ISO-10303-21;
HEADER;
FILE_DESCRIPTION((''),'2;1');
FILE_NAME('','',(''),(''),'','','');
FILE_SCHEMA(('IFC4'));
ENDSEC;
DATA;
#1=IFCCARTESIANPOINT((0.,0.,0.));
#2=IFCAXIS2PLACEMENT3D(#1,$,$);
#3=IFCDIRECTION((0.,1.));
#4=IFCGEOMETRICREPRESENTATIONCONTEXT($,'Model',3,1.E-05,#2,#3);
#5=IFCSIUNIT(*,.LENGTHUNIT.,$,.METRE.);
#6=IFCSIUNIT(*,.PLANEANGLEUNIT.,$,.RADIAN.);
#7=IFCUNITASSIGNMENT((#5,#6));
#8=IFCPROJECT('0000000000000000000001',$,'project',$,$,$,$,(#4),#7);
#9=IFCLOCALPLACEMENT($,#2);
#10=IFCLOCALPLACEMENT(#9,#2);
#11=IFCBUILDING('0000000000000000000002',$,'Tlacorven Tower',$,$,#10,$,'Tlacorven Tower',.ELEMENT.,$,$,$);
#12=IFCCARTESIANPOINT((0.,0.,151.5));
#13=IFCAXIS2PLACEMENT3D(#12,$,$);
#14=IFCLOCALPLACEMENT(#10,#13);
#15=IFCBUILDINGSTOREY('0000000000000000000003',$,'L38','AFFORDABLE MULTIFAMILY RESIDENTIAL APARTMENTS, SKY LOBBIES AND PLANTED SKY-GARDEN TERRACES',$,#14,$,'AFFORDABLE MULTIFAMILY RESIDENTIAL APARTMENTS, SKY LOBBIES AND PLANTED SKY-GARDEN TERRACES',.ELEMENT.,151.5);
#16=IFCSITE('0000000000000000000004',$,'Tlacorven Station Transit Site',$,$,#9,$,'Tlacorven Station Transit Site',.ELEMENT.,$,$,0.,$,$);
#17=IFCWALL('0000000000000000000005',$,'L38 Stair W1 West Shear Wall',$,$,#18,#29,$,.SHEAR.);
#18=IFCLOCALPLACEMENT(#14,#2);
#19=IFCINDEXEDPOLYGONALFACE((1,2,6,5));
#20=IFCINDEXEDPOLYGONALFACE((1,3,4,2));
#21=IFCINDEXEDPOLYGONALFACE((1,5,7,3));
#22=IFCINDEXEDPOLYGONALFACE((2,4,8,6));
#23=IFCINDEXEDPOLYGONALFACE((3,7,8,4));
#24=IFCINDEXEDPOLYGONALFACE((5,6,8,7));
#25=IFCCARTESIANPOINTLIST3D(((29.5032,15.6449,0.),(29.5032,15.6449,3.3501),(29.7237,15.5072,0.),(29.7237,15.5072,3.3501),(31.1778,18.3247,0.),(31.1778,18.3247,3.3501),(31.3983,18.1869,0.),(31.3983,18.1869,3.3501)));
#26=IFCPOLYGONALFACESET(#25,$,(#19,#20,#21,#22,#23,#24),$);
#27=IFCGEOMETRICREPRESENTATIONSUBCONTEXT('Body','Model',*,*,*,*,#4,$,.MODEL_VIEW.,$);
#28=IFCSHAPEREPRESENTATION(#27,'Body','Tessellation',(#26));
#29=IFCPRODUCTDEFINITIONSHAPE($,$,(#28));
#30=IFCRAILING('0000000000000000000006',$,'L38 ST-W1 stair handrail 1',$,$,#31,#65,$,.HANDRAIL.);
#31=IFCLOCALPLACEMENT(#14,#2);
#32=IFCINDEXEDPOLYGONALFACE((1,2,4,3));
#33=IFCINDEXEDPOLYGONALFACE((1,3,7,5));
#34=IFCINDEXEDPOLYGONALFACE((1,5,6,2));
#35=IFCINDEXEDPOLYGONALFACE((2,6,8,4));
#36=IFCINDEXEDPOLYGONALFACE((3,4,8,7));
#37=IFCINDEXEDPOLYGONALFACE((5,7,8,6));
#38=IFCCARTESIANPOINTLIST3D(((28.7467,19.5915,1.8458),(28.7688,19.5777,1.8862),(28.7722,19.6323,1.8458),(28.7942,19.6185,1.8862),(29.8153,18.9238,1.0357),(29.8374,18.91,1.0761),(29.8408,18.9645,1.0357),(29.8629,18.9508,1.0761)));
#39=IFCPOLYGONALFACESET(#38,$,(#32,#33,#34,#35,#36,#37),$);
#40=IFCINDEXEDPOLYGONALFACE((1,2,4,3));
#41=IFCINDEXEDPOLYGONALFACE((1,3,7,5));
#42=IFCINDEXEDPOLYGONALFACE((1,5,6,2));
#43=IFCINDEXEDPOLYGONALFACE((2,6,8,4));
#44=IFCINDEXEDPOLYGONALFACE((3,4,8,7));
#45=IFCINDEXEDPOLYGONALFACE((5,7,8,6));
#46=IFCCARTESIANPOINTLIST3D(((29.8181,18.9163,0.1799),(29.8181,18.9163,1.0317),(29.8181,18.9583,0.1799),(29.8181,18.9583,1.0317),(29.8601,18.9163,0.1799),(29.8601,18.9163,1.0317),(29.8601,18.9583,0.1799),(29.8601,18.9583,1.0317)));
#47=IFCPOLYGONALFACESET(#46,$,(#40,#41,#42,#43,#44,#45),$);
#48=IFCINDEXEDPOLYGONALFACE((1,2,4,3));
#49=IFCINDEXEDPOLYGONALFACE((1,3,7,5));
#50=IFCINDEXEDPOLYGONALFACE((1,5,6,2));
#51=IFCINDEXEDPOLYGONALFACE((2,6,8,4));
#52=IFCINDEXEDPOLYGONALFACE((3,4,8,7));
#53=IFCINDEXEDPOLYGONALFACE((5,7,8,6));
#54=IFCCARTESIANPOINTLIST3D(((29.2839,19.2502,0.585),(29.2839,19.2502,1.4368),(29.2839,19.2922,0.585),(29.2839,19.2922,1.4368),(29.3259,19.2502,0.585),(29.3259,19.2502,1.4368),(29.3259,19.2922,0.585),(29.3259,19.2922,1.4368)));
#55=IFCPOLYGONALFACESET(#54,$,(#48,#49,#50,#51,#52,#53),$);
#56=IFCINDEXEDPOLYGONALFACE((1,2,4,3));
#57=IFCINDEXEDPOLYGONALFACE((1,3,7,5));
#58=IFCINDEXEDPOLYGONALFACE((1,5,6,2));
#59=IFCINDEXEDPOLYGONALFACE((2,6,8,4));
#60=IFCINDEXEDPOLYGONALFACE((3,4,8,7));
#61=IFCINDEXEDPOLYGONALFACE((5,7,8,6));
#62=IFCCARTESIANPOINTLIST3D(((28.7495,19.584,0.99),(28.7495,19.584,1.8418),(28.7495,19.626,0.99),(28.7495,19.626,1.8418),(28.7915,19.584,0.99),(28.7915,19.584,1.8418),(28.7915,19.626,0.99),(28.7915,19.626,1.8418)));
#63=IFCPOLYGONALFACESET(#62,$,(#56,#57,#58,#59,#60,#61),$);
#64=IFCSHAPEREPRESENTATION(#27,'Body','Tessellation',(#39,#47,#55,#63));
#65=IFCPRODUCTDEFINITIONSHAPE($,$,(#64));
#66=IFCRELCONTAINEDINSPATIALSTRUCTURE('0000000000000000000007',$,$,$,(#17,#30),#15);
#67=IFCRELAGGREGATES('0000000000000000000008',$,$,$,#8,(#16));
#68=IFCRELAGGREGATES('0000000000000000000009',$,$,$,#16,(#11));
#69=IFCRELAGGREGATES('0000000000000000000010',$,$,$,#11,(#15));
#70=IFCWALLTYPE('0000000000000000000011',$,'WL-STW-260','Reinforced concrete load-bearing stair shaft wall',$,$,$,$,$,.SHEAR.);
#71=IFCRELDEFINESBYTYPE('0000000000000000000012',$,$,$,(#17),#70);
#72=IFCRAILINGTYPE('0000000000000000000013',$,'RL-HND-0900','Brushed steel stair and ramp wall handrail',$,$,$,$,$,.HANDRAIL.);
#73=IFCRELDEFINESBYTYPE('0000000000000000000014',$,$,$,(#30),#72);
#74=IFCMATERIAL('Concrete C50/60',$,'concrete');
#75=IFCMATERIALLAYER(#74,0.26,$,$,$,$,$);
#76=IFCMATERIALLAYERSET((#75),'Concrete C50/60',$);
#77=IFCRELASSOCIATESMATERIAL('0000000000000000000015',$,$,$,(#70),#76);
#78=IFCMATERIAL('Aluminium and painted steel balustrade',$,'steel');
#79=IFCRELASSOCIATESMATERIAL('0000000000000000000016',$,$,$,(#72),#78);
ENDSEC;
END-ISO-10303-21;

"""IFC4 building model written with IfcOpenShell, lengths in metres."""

from ifc_helpers import new_model, si_unit, direction, frame, frame_2d, origin, origin_2d, place, context, subcontext, project, spatial, rectangle, extrude, source, transform, mapped, material, layer, layer_set, type_object, element, save


model = new_model("IFC4")

# Units and contexts
model_context = context("Model", 3, precision=1e-05, world=origin(), true_north=direction((0.0, 1.0)))
body_context = subcontext(model_context, "Body", "Model", "MODEL_VIEW")
ifc_project = project(units=[si_unit("LENGTHUNIT", "METRE"), si_unit("PLANEANGLEUNIT", "RADIAN")], contexts=[model_context])

# Site, building, storey
site_placement = place(None, origin())
site = spatial("IfcSite", under=ifc_project, at=site_placement, Name="Tlacorven Station Transit Site", LongName="Tlacorven Station Transit Site", CompositionType="ELEMENT", RefElevation=0.0)
building_placement = place(site_placement, origin())
building = spatial("IfcBuilding", under=site, at=building_placement, Name="Tlacorven Tower", LongName="Tlacorven Tower", CompositionType="ELEMENT")
storey_placement = place(building_placement, frame((0.0, 0.0, 151.5)))
storey = spatial("IfcBuildingStorey", under=building, at=storey_placement, Name="L38", Description="AFFORDABLE MULTIFAMILY RESIDENTIAL APARTMENTS, SKY LOBBIES AND PLANTED SKY-GARDEN TERRACES", LongName="AFFORDABLE MULTIFAMILY RESIDENTIAL APARTMENTS, SKY LOBBIES AND PLANTED SKY-GARDEN TERRACES", CompositionType="ELEMENT", Elevation=151.5)

# Shared definitions
ifc_material_1 = material(Name="Concrete C50/60", Category="concrete")
ifc_layer_1 = layer(ifc_material_1, 0.26)
ifc_layer_set_1 = layer_set([ifc_layer_1], Name="Concrete C50/60")
wall_type_1 = type_object("IfcWallType", Name="WL-STW-260", Description="Reinforced concrete load-bearing stair shaft wall", PredefinedType="SHEAR", material=ifc_layer_set_1)

# Wall
wall_1_placement = place(storey_placement, frame((31.2881, 18.2559, 0.0), z_axis=(0.0, 0.0, 1.0), x_axis=(-0.529943, -0.848033, 0.0)))
element("IfcWall", 1, at=wall_1_placement, inside=storey, type_object=wall_type_1, Name="L38 Stair W1 West Shear Wall", PredefinedType="SHEAR", context=body_context, shape_type="SweptSolid", body=[
    extrude(rectangle(XDim=3.1599, YDim=0.26, at=frame_2d((1.5801, 0.0))), origin(), (0.0, 0.0, 1.0), 3.3501),
])

# Railing
ifc_material_2 = material(Name="Aluminium and painted steel balustrade", Category="steel")
railing_type = type_object("IfcRailingType", Name="RL-HND-0900", Description="Brushed steel stair and ramp wall handrail", PredefinedType="HANDRAIL", material=ifc_material_2)
shared_shape_1 = source(origin(), body_context, "Body", "SweptSolid", [
    extrude(rectangle(XDim=0.0481, YDim=0.0481, at=origin_2d()), frame((0.0, 0.0, 0.876), z_axis=(-0.71336, 0.445748, 0.540765), x_axis=(-0.529912, -0.848053, 0.0)), (0.0, 0.0, 1.0), 1.498),
    extrude(rectangle(XDim=0.042, YDim=0.042, at=origin_2d()), origin(), (0.0, 0.0, 1.0), 0.8518),
    extrude(rectangle(XDim=0.042, YDim=0.042, at=origin_2d()), frame((-0.5342, 0.334, 0.405)), (0.0, 0.0, 1.0), 0.8518),
    extrude(rectangle(XDim=0.042, YDim=0.042, at=origin_2d()), frame((-1.0686, 0.6677, 0.8101)), (0.0, 0.0, 1.0), 0.8518),
])
railing_placement = place(storey_placement, frame((29.8391, 18.9373, 0.1799)))
element("IfcRailing", 2, at=railing_placement, inside=storey, type_object=railing_type, Name="L38 ST-W1 stair handrail 1", PredefinedType="HANDRAIL", context=body_context, shape_type="MappedRepresentation", body=[
    mapped(shared_shape_1, transform((0.0, 0.0, 0.0), scale=1.0)),
])

save(model, "model.ifc")
